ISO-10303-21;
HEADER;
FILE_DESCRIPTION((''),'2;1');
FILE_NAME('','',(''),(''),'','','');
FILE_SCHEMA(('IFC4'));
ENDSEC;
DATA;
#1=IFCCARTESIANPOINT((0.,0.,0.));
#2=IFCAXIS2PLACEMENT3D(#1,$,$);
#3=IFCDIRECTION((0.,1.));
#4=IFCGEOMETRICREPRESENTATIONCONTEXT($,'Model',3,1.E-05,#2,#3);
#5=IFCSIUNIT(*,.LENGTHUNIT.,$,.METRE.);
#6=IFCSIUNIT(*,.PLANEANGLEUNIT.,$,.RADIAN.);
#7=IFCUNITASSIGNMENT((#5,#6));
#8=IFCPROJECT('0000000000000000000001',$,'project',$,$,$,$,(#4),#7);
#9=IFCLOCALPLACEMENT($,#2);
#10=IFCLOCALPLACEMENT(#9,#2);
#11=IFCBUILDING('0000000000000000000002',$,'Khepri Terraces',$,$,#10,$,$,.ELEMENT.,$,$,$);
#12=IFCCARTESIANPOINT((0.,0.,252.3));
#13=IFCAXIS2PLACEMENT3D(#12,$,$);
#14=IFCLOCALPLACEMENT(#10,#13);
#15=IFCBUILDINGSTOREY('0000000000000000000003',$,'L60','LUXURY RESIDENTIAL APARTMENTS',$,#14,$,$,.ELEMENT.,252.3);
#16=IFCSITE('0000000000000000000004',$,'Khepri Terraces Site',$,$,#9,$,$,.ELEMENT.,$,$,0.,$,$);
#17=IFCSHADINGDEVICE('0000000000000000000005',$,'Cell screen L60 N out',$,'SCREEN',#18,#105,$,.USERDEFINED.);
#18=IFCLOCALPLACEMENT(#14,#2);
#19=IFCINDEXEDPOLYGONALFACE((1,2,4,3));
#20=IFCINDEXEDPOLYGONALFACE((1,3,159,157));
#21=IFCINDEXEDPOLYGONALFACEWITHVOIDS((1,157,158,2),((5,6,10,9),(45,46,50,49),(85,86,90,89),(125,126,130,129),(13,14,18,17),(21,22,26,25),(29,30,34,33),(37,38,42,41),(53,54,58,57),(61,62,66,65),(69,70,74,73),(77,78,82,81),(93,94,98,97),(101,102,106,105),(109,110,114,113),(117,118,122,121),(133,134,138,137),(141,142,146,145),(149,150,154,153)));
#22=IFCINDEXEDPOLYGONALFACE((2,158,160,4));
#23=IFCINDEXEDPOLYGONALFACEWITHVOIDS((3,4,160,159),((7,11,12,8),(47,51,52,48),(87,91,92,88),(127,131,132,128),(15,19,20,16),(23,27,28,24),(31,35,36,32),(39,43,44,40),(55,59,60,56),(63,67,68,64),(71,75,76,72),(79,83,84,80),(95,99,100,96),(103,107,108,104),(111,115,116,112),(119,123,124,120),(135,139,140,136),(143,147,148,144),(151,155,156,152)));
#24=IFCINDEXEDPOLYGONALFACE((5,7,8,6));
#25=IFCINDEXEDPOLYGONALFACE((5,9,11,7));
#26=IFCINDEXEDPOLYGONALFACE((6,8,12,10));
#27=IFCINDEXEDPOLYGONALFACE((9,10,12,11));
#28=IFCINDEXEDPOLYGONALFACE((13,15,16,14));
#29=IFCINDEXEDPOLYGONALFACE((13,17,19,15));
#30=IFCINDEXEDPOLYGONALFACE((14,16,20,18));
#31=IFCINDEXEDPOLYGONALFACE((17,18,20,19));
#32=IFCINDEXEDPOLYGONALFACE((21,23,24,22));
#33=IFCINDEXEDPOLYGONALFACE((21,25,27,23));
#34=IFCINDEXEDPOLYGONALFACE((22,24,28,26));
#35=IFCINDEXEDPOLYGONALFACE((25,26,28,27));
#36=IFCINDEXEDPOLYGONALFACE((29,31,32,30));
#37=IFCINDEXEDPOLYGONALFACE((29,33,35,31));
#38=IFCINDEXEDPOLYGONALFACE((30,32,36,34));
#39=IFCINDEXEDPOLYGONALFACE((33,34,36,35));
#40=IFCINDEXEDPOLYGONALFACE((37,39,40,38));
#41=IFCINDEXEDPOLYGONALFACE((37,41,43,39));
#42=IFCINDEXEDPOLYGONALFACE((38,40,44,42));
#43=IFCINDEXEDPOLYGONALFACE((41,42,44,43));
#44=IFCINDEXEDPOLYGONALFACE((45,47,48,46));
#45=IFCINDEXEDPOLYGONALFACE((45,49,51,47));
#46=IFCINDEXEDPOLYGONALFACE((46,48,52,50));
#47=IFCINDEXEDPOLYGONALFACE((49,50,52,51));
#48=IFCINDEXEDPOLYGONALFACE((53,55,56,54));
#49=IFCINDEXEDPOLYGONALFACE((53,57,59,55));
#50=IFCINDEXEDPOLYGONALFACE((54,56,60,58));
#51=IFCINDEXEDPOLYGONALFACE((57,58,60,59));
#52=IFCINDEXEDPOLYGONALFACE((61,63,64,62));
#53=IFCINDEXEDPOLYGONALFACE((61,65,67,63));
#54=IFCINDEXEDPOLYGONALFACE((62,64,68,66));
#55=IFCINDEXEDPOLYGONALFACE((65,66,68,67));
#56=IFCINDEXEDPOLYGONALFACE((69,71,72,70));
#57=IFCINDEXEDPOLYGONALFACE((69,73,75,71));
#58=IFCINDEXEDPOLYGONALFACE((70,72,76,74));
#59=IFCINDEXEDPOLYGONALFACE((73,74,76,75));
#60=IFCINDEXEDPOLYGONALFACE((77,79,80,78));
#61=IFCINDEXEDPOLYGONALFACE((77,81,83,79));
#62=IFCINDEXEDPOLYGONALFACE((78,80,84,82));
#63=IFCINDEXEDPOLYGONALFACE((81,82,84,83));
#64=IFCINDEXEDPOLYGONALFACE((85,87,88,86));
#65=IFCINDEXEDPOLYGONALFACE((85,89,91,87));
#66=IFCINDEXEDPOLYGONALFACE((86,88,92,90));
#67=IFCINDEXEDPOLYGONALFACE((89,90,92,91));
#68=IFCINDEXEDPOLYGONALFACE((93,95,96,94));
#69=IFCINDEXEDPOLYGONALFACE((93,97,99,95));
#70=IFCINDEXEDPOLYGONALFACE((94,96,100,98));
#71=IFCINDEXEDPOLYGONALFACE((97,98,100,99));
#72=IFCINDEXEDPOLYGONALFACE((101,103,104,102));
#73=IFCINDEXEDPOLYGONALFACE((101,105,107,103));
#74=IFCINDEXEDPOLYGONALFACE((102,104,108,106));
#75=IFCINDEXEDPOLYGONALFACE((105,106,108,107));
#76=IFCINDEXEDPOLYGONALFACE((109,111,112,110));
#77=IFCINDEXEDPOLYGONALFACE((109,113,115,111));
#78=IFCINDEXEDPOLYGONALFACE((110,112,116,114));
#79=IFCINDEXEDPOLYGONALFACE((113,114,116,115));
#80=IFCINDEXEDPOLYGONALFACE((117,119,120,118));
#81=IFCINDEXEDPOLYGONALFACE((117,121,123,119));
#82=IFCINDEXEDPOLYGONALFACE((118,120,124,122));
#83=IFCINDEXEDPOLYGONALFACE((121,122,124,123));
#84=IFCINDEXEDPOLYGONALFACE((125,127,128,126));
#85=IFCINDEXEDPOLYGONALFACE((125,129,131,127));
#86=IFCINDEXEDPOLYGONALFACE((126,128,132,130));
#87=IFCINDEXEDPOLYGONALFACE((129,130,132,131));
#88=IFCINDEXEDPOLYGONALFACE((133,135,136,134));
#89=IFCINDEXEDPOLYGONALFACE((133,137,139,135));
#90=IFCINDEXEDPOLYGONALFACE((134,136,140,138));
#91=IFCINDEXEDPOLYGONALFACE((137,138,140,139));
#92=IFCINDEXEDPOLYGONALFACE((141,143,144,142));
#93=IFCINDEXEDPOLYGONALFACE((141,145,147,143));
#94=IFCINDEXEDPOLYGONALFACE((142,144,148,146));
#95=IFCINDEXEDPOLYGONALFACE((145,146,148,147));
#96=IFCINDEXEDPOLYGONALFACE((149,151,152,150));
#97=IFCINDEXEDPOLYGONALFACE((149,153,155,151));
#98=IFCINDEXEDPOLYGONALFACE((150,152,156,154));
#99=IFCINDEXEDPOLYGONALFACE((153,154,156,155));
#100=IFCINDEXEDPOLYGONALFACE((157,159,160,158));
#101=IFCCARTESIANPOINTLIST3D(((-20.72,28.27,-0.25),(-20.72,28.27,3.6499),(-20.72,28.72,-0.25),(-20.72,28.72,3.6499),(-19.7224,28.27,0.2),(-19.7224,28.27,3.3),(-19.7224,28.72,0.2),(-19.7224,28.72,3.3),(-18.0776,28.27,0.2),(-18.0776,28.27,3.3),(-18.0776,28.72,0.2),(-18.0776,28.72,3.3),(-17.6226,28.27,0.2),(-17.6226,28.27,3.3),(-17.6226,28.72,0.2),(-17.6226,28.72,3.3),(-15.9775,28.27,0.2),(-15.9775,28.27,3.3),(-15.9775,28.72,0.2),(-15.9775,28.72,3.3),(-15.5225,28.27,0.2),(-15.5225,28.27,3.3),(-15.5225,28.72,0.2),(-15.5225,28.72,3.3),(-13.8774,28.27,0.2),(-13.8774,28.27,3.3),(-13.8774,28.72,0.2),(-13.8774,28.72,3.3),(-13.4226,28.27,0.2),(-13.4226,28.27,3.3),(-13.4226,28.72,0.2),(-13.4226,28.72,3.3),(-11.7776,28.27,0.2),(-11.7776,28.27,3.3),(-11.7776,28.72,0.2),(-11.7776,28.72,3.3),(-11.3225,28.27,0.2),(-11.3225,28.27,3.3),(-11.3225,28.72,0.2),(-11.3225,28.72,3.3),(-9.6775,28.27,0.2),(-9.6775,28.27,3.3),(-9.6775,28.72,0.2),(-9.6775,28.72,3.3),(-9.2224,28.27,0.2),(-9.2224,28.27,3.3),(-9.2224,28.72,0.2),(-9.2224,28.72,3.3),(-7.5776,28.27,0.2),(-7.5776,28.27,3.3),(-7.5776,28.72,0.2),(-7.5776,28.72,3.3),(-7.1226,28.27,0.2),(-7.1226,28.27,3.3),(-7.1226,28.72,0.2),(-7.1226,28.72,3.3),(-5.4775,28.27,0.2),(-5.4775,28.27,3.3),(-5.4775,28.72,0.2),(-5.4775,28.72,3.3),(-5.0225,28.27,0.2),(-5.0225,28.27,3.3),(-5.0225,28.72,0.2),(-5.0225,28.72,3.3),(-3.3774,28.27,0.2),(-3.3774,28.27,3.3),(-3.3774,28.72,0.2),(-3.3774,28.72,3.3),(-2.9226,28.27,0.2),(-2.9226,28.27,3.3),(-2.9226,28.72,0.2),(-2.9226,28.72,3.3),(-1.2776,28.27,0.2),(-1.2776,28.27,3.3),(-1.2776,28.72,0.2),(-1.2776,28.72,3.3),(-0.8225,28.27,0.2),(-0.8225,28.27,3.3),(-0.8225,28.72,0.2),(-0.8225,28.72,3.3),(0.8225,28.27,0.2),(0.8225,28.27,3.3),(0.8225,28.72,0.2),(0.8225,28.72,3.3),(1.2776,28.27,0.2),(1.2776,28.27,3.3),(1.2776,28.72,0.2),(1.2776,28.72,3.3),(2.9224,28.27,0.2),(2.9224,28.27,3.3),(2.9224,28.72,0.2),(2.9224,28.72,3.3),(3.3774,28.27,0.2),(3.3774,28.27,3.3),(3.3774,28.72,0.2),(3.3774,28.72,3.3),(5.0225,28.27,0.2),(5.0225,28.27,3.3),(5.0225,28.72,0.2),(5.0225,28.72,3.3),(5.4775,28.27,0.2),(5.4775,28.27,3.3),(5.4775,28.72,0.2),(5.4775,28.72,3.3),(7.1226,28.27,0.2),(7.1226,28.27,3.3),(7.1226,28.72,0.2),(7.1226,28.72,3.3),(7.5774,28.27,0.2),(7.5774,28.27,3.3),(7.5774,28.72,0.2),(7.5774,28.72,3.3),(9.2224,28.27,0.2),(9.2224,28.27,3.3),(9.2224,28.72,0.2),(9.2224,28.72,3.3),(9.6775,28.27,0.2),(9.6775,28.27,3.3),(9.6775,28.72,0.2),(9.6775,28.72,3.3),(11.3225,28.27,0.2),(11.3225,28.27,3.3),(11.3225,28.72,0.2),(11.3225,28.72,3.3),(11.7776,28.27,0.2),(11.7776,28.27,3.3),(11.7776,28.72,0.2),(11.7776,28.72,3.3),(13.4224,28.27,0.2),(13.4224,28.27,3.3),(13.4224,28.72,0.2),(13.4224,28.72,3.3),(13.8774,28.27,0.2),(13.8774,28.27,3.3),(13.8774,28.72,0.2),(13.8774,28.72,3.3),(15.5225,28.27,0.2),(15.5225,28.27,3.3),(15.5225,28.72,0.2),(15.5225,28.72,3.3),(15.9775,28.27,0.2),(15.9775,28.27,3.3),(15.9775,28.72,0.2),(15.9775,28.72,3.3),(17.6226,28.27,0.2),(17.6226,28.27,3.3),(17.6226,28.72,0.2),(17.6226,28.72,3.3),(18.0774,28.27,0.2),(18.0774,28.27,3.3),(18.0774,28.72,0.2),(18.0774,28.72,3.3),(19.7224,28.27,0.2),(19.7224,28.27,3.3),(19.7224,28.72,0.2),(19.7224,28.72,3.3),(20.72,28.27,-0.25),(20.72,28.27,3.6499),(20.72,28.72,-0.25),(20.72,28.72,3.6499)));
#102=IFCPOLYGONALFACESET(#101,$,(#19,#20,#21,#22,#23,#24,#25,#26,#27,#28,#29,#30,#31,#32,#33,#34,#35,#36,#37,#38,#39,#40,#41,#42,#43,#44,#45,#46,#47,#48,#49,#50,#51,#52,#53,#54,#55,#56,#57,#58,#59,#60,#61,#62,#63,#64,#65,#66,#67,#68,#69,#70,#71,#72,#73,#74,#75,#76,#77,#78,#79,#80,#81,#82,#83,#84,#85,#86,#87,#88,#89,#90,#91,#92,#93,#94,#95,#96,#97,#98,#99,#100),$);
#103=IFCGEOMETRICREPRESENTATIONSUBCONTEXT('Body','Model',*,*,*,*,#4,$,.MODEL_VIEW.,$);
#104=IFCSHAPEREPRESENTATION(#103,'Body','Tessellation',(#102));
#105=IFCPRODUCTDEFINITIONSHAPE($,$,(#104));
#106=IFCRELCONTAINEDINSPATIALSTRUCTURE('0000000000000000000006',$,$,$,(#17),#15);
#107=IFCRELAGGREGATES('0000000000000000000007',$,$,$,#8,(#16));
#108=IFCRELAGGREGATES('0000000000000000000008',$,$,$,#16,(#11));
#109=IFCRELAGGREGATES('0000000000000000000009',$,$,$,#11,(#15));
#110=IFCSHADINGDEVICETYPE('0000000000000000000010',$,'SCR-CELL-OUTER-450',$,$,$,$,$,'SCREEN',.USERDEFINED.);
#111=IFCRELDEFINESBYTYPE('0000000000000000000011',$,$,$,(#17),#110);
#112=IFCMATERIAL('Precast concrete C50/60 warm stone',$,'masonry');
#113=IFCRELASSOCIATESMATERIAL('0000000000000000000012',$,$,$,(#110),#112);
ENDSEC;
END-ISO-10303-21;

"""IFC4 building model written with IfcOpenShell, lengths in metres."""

from ifc_helpers import new_model, si_unit, direction, frame, origin, place, context, subcontext, project, spatial, polyline, outline, extrude, material, type_object, element, save


model = new_model("IFC4")

# Units and contexts
model_context = context("Model", 3, precision=1e-05, world=origin(), true_north=direction((0.0, 1.0)))
body_context = subcontext(model_context, "Body", "Model", "MODEL_VIEW")
ifc_project = project(units=[si_unit("LENGTHUNIT", "METRE"), si_unit("PLANEANGLEUNIT", "RADIAN")], contexts=[model_context])

# Site, building, storey
site_placement = place(None, origin())
site = spatial("IfcSite", under=ifc_project, at=site_placement, Name="Khepri Terraces Site", CompositionType="ELEMENT", RefElevation=0.0)
building_placement = place(site_placement, origin())
building = spatial("IfcBuilding", under=site, at=building_placement, Name="Khepri Terraces", CompositionType="ELEMENT")
storey_placement = place(building_placement, frame((0.0, 0.0, 252.3)))
storey = spatial("IfcBuildingStorey", under=building, at=storey_placement, Name="L60", Description="LUXURY RESIDENTIAL APARTMENTS", CompositionType="ELEMENT", Elevation=252.3)

# Shared definitions
ifc_material_1 = material(Name="Precast concrete C50/60 warm stone", Category="masonry")

# Shading device
shading_device_type_1 = type_object("IfcShadingDeviceType", Name="SCR-CELL-OUTER-450", ElementType="SCREEN", PredefinedType="USERDEFINED", material=ifc_material_1)
shading_device_1_placement = place(storey_placement, frame((20.72, 28.27, -0.25), z_axis=(0.0, 1.0, 0.0), x_axis=(-1.0, 0.0, 0.0)))
element("IfcShadingDevice", 1, at=shading_device_1_placement, inside=storey, type_object=shading_device_type_1, Name="Cell screen L60 N out", ObjectType="SCREEN", PredefinedType="USERDEFINED", context=body_context, shape_type="SweptSolid", body=[
    extrude(outline(polyline([(0.0, 0.0), (41.4399, 0.0), (41.4399, 3.8999), (0.0, 3.8999), (0.0, 0.0)]), holes=[polyline([(0.9976, 0.45), (2.6426, 0.45), (2.6426, 3.55), (0.9976, 3.55), (0.9976, 0.45)]), polyline([(3.0974, 0.45), (4.7424, 0.45), (4.7424, 3.55), (3.0974, 3.55), (3.0974, 0.45)]), polyline([(5.1975, 0.45), (6.8425, 0.45), (6.8425, 3.55), (5.1975, 3.55), (5.1975, 0.45)]), polyline([(7.2976, 0.45), (8.9424, 0.45), (8.9424, 3.55), (7.2976, 3.55), (7.2976, 0.45)]), polyline([(9.3975, 0.45), (11.0425, 0.45), (11.0425, 3.55), (9.3975, 3.55), (9.3975, 0.45)]), polyline([(11.4976, 0.45), (13.1426, 0.45), (13.1426, 3.55), (11.4976, 3.55), (11.4976, 0.45)]), polyline([(13.5974, 0.45), (15.2424, 0.45), (15.2424, 3.55), (13.5974, 3.55), (13.5974, 0.45)]), polyline([(15.6975, 0.45), (17.3425, 0.45), (17.3425, 3.55), (15.6975, 3.55), (15.6975, 0.45)]), polyline([(17.7976, 0.45), (19.4424, 0.45), (19.4424, 3.55), (17.7976, 3.55), (17.7976, 0.45)]), polyline([(19.8975, 0.45), (21.5425, 0.45), (21.5425, 3.55), (19.8975, 3.55), (19.8975, 0.45)]), polyline([(21.9976, 0.45), (23.6426, 0.45), (23.6426, 3.55), (21.9976, 3.55), (21.9976, 0.45)]), polyline([(24.0974, 0.45), (25.7424, 0.45), (25.7424, 3.55), (24.0974, 3.55), (24.0974, 0.45)]), polyline([(26.1975, 0.45), (27.8425, 0.45), (27.8425, 3.55), (26.1975, 3.55), (26.1975, 0.45)]), polyline([(28.2976, 0.45), (29.9424, 0.45), (29.9424, 3.55), (28.2976, 3.55), (28.2976, 0.45)]), polyline([(30.3975, 0.45), (32.0425, 0.45), (32.0425, 3.55), (30.3975, 3.55), (30.3975, 0.45)]), polyline([(32.4976, 0.45), (34.1426, 0.45), (34.1426, 3.55), (32.4976, 3.55), (32.4976, 0.45)]), polyline([(34.5974, 0.45), (36.2424, 0.45), (36.2424, 3.55), (34.5974, 3.55), (34.5974, 0.45)]), polyline([(36.6975, 0.45), (38.3425, 0.45), (38.3425, 3.55), (36.6975, 3.55), (36.6975, 0.45)]), polyline([(38.7976, 0.45), (40.4424, 0.45), (40.4424, 3.55), (38.7976, 3.55), (38.7976, 0.45)])]), origin(), (0.0, 0.0, 1.0), 0.45),
])

save(model, "model.ifc")
